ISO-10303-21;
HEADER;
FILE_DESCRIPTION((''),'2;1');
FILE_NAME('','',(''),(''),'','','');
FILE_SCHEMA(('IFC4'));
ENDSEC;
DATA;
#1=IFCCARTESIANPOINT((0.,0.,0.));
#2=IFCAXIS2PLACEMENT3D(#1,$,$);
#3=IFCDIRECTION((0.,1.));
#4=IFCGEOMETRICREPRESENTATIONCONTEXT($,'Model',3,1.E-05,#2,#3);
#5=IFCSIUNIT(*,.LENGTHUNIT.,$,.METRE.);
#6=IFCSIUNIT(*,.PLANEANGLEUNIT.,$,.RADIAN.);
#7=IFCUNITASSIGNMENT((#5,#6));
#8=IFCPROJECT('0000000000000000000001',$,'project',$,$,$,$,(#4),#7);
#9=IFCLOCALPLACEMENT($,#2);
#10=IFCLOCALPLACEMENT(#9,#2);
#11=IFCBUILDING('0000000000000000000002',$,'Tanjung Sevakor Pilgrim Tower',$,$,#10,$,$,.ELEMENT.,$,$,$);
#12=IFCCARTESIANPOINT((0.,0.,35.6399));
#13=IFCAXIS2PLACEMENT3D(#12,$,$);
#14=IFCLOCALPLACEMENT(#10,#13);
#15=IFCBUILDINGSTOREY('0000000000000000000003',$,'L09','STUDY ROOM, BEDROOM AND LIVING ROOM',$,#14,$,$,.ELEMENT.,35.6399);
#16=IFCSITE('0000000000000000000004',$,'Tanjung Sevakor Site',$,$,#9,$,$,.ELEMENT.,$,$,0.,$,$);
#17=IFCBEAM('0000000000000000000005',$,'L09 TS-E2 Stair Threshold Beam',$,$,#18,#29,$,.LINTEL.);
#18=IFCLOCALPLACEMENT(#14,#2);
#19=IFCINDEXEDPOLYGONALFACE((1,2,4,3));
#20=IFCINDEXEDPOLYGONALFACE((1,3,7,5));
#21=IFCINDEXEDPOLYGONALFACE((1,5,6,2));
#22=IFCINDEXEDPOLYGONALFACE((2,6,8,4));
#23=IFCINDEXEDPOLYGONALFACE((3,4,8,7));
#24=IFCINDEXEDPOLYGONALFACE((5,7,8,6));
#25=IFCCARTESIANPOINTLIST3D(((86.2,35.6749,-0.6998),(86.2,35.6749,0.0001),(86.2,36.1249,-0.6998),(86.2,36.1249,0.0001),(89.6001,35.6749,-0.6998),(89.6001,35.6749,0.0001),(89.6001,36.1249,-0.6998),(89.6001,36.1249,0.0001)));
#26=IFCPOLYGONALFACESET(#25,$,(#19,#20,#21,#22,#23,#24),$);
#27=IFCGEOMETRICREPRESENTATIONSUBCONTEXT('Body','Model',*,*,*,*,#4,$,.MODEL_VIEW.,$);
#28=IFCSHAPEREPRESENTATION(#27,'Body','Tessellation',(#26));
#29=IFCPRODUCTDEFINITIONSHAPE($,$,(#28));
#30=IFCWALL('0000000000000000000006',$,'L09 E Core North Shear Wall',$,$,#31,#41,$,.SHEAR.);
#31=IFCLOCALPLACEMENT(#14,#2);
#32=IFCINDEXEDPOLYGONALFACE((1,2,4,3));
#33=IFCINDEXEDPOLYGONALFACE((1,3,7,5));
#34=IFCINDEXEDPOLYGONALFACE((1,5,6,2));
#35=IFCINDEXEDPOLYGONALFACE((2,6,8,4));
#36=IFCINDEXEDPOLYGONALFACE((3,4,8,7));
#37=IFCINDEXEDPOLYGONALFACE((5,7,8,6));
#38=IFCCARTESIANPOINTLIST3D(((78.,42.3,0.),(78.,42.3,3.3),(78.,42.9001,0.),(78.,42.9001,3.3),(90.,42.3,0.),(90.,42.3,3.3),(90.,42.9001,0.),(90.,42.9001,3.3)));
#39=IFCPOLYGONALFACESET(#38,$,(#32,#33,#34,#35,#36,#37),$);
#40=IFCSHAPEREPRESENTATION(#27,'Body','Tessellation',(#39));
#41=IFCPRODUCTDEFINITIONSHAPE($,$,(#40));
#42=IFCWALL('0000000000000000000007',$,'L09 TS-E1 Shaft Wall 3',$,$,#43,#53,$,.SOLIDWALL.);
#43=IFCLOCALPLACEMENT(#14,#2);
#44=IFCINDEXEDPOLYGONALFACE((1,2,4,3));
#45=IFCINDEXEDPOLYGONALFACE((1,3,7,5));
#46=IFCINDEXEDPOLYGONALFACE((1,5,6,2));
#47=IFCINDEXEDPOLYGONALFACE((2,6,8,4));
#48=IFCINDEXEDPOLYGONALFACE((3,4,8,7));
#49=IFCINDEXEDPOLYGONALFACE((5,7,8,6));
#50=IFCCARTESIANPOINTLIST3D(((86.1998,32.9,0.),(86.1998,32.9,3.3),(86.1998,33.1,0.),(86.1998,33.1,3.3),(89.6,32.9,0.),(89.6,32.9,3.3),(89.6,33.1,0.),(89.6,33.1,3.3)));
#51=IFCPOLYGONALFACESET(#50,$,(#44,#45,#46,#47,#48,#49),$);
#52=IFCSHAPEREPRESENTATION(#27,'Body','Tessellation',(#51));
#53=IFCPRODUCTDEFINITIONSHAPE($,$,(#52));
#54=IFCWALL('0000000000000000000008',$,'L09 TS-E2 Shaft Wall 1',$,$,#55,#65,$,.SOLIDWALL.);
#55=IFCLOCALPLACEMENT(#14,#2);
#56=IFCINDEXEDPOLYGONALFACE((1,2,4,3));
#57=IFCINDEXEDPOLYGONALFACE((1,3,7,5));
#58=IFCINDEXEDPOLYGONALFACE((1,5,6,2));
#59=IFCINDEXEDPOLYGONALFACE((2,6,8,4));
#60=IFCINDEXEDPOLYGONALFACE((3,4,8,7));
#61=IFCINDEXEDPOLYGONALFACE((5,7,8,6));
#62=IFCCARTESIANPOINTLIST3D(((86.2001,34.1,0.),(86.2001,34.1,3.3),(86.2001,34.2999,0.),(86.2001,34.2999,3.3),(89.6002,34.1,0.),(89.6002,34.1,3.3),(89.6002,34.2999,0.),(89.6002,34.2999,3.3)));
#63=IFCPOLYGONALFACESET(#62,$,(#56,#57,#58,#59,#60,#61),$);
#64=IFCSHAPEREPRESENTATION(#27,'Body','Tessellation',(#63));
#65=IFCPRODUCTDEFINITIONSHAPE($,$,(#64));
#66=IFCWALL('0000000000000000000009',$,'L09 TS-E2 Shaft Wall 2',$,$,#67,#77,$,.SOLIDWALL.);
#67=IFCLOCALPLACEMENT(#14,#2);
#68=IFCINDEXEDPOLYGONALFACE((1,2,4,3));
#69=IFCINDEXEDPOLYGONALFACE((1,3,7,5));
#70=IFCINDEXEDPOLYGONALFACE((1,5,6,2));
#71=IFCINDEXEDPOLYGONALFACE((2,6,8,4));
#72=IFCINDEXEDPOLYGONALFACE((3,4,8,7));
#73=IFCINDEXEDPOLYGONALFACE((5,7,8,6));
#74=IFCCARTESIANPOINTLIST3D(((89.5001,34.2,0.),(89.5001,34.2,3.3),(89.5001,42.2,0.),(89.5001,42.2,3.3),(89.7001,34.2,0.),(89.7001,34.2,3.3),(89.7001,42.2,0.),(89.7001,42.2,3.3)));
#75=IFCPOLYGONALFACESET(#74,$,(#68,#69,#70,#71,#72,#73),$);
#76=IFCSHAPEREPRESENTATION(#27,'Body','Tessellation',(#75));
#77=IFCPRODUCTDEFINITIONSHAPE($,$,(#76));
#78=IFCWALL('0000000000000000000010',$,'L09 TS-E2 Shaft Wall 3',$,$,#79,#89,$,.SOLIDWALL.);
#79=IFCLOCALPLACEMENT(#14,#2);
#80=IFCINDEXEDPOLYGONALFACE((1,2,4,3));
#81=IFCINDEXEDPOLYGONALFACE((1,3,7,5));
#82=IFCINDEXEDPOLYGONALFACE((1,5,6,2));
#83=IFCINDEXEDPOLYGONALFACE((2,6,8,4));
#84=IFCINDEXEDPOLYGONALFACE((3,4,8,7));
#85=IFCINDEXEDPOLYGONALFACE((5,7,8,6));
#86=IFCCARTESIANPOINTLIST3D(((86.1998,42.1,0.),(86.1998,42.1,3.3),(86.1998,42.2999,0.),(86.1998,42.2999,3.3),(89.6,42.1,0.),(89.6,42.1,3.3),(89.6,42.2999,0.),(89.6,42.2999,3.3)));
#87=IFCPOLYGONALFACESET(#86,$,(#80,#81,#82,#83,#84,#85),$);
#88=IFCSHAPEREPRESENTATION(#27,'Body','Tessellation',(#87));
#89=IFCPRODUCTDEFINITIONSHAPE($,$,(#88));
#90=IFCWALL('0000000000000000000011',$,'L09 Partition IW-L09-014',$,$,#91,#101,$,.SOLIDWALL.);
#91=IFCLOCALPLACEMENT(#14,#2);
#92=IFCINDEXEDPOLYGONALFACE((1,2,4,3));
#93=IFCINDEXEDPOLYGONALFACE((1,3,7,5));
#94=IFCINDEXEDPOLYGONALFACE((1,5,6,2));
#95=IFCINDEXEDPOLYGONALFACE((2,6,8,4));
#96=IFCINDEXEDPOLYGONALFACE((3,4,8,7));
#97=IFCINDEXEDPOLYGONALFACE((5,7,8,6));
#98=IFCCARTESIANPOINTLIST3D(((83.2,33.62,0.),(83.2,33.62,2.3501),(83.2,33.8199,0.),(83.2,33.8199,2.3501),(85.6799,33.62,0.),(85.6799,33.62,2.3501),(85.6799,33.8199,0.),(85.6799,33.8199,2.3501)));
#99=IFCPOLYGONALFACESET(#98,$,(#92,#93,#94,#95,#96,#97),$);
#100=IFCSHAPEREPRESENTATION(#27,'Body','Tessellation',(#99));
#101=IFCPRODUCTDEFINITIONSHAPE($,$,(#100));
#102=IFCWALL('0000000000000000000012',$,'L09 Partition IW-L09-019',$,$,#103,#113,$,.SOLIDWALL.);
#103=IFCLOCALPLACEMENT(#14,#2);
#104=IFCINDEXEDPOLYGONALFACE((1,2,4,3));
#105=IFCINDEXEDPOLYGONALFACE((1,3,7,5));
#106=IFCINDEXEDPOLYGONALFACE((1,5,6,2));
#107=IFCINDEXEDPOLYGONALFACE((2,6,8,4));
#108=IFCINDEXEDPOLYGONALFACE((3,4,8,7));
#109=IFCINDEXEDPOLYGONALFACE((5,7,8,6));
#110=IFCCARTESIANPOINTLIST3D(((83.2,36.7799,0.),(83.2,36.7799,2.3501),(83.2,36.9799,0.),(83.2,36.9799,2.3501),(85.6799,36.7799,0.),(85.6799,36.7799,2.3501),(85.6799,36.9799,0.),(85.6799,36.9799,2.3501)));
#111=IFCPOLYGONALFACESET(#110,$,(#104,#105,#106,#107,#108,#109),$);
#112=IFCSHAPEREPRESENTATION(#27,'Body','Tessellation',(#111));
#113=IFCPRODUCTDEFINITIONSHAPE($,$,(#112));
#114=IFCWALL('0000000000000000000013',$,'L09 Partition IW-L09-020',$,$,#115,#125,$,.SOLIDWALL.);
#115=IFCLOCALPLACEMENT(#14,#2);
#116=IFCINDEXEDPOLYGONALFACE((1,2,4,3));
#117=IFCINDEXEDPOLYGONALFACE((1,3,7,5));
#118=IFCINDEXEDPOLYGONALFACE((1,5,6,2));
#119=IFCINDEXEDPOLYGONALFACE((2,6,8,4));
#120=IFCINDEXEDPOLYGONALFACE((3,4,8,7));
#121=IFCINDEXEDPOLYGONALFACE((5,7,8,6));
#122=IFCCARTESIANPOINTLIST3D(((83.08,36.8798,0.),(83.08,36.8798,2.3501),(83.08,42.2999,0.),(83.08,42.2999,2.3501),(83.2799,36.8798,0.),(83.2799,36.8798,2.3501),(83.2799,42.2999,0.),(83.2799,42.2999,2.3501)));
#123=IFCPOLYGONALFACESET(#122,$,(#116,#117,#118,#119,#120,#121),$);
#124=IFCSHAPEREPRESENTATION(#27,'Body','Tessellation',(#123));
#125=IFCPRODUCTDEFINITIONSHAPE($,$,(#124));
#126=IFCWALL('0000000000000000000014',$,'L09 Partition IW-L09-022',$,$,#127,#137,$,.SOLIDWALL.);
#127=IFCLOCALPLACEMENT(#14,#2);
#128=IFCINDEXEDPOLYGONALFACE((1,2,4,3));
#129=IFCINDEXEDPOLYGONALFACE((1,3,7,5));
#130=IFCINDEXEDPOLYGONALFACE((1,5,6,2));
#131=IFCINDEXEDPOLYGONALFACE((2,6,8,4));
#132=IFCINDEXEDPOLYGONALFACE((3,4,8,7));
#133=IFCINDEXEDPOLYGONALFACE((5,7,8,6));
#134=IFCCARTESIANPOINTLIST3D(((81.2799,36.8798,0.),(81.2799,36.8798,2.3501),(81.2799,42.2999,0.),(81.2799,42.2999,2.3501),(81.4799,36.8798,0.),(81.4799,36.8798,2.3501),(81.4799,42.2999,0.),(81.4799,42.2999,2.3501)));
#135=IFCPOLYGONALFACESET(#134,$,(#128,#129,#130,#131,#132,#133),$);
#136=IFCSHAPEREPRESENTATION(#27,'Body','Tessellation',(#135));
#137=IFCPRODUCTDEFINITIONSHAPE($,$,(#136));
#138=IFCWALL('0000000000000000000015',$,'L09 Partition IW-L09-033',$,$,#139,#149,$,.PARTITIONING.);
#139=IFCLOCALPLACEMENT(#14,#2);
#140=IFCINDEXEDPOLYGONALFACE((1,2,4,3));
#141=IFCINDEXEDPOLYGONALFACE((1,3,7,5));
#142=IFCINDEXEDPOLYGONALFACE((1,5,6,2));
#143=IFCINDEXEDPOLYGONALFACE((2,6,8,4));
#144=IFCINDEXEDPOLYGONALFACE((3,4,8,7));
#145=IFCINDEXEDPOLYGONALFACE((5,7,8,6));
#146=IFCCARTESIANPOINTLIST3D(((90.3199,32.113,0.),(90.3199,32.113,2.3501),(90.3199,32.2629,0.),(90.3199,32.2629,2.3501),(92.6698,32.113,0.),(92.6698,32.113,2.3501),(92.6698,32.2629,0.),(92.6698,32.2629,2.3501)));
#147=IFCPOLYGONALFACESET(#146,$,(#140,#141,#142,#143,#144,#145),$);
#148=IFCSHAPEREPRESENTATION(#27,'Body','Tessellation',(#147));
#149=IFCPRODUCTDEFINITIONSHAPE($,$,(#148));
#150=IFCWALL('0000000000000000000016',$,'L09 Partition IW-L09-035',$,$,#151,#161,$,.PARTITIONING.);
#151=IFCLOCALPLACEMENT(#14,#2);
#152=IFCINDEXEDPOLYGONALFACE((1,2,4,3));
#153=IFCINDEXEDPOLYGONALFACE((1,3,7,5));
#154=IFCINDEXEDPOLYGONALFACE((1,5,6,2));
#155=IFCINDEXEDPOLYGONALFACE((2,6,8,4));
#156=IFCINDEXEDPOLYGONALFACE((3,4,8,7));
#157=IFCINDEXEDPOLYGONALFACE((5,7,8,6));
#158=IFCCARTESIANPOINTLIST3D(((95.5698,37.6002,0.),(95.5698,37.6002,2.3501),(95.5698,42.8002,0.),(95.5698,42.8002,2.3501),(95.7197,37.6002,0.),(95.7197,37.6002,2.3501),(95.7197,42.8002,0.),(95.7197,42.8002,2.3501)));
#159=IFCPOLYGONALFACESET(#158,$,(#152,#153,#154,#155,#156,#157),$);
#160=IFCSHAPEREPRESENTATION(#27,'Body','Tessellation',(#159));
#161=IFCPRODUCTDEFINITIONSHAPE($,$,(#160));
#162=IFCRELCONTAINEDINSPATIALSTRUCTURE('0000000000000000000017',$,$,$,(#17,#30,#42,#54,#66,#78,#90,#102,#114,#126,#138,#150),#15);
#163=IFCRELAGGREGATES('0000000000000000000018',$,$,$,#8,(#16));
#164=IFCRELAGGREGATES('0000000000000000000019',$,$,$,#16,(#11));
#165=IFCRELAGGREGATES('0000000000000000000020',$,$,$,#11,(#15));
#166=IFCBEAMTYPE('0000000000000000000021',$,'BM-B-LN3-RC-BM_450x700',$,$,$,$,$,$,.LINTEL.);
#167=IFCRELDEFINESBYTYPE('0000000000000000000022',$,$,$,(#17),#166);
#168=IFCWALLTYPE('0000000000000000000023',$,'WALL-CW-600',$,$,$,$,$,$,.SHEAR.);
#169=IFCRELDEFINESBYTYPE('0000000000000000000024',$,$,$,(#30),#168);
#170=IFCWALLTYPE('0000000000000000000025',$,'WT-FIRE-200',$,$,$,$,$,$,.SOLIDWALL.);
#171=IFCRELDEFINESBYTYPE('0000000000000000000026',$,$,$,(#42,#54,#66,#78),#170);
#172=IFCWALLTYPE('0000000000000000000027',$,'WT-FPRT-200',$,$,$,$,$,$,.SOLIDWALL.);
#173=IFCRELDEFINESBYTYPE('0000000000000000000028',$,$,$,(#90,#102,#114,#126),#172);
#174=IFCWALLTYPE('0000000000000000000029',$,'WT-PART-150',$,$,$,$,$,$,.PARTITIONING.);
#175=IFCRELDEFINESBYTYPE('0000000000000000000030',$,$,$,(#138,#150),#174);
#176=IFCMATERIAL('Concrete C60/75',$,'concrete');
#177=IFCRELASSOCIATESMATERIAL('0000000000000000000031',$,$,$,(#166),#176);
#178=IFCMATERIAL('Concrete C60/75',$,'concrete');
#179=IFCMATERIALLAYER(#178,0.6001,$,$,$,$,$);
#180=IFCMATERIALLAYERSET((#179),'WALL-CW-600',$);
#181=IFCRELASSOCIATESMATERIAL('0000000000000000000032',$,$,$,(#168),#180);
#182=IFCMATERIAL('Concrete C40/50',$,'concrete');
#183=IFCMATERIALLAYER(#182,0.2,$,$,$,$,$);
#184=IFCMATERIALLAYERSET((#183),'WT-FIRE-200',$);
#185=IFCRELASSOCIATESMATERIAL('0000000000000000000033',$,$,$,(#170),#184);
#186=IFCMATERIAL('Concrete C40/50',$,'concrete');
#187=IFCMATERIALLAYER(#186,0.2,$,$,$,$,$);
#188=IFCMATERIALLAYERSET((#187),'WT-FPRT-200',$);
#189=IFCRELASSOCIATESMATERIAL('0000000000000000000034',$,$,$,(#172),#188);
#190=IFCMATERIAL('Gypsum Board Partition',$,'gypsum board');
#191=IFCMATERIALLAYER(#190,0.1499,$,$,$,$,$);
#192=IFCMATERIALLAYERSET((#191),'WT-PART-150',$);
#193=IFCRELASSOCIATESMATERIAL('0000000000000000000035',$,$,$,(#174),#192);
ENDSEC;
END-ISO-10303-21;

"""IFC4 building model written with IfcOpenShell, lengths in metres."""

from ifc_helpers import new_model, si_unit, direction, frame, frame_2d, origin, origin_2d, place, context, subcontext, project, spatial, rectangle, extrude, material, layer, layer_set, material_profile, profile_set, type_object, element, save


model = new_model("IFC4")

# Units and contexts
model_context = context("Model", 3, precision=1e-05, world=origin(), true_north=direction((0.0, 1.0)))
body_context = subcontext(model_context, "Body", "Model", "MODEL_VIEW")
ifc_project = project(units=[si_unit("LENGTHUNIT", "METRE"), si_unit("PLANEANGLEUNIT", "RADIAN")], contexts=[model_context])

# Site, building, storey
site_placement = place(None, origin())
site = spatial("IfcSite", under=ifc_project, at=site_placement, Name="Tanjung Sevakor Site", CompositionType="ELEMENT", RefElevation=0.0)
building_placement = place(site_placement, origin())
building = spatial("IfcBuilding", under=site, at=building_placement, Name="Tanjung Sevakor Pilgrim Tower", CompositionType="ELEMENT")
storey_placement = place(building_placement, frame((0.0, 0.0, 35.6399)))
storey = spatial("IfcBuildingStorey", under=building, at=storey_placement, Name="L09", Description="STUDY ROOM, BEDROOM AND LIVING ROOM", CompositionType="ELEMENT", Elevation=35.6399)

# Beam
ifc_material_1 = material(Name="Concrete C60/75", Category="concrete")
ifc_material_profile = material_profile(ifc_material_1, rectangle(XDim=0.45, YDim=0.7, at=origin_2d()))
ifc_profile_set = profile_set([ifc_material_profile], Name="Concrete C60/75")
beam_type = type_object("IfcBeamType", Name="BM-B-LN3-RC-BM_450x700", PredefinedType="LINTEL", material=ifc_profile_set)
beam_placement = place(storey_placement, frame((86.2, 35.8999, -0.3499), z_axis=(1.0, 0.0, 0.0), x_axis=(0.0, 1.0, 0.0)))
element("IfcBeam", 1, at=beam_placement, inside=storey, type_object=beam_type, Name="L09 TS-E2 Stair Threshold Beam", PredefinedType="LINTEL", context=body_context, shape_type="SweptSolid", body=[
    extrude(rectangle(XDim=0.45, YDim=0.7, at=origin_2d()), origin(), (0.0, 0.0, 1.0), 3.4001),
])

# Walls
ifc_material_2 = material(Name="Concrete C60/75", Category="concrete")
ifc_layer_1 = layer(ifc_material_2, 0.6001)
ifc_layer_set_1 = layer_set([ifc_layer_1], Name="WALL-CW-600")
wall_type_1 = type_object("IfcWallType", Name="WALL-CW-600", PredefinedType="SHEAR", material=ifc_layer_set_1)
wall_1_placement = place(storey_placement, frame((90.0, 42.6001, 0.0), z_axis=(0.0, 0.0, 1.0), x_axis=(-1.0, 0.0, 0.0)))
element("IfcWall", 2, at=wall_1_placement, inside=storey, type_object=wall_type_1, Name="L09 E Core North Shear Wall", PredefinedType="SHEAR", context=body_context, shape_type="SweptSolid", body=[
    extrude(rectangle(XDim=12.0, YDim=0.6001, at=frame_2d((6.0, 0.0))), origin(), (0.0, 0.0, 1.0), 3.3),
])
ifc_material_3 = material(Name="Concrete C40/50", Category="concrete")
ifc_layer_2 = layer(ifc_material_3, 0.2)
ifc_layer_set_2 = layer_set([ifc_layer_2], Name="WT-FIRE-200")
wall_type_2 = type_object("IfcWallType", Name="WT-FIRE-200", PredefinedType="SOLIDWALL", material=ifc_layer_set_2)
for number, where, z_axis, x_axis, name in (
    (3, (89.6001, 33.0, 0.0), (0.0, 0.0, 1.0), (-1.0, 0.0, 0.0), "L09 TS-E1 Shaft Wall 3"),
    (4, (86.2, 34.2, 0.0), (0.0, 0.0, 1.0), (1.0, 0.0, 0.0), "L09 TS-E2 Shaft Wall 1"),
):
    element("IfcWall", number, at=place(storey_placement, frame(where, z_axis=z_axis, x_axis=x_axis)), inside=storey, type_object=wall_type_2, Name=name, PredefinedType="SOLIDWALL", context=body_context, shape_type="SweptSolid", body=[
        extrude(rectangle(XDim=3.4001, YDim=0.2, at=frame_2d((1.7002, 0.0))), origin(), (0.0, 0.0, 1.0), 3.3),
    ])
wall_2_placement = place(storey_placement, frame((89.6001, 34.2, 0.0), z_axis=(0.0, 0.0, 1.0), x_axis=(0.0, 1.0, 0.0)))
element("IfcWall", 5, at=wall_2_placement, inside=storey, type_object=wall_type_2, Name="L09 TS-E2 Shaft Wall 2", PredefinedType="SOLIDWALL", context=body_context, shape_type="SweptSolid", body=[
    extrude(rectangle(XDim=8.0, YDim=0.2, at=frame_2d((4.0, 0.0))), origin(), (0.0, 0.0, 1.0), 3.3),
])
wall_3_placement = place(storey_placement, frame((89.6001, 42.2, 0.0), z_axis=(0.0, 0.0, 1.0), x_axis=(-1.0, 0.0, 0.0)))
element("IfcWall", 6, at=wall_3_placement, inside=storey, type_object=wall_type_2, Name="L09 TS-E2 Shaft Wall 3", PredefinedType="SOLIDWALL", context=body_context, shape_type="SweptSolid", body=[
    extrude(rectangle(XDim=3.4001, YDim=0.2, at=frame_2d((1.7002, 0.0))), origin(), (0.0, 0.0, 1.0), 3.3),
])
ifc_material_4 = material(Name="Concrete C40/50", Category="concrete")
ifc_layer_3 = layer(ifc_material_4, 0.2)
ifc_layer_set_3 = layer_set([ifc_layer_3], Name="WT-FPRT-200")
wall_type_3 = type_object("IfcWallType", Name="WT-FPRT-200", PredefinedType="SOLIDWALL", material=ifc_layer_set_3)
for number, where, z_axis, x_axis, name in (
    (7, (83.2, 33.72, 0.0), (0.0, 0.0, 1.0), (1.0, 0.0, 0.0), "L09 Partition IW-L09-014"),
    (8, (83.2, 36.8799, 0.0), (0.0, 0.0, 1.0), (1.0, 0.0, 0.0), "L09 Partition IW-L09-019"),
):
    element("IfcWall", number, at=place(storey_placement, frame(where, z_axis=z_axis, x_axis=x_axis)), inside=storey, type_object=wall_type_3, Name=name, PredefinedType="SOLIDWALL", context=body_context, shape_type="SweptSolid", body=[
        extrude(rectangle(XDim=2.48, YDim=0.2, at=frame_2d((1.24, 0.0))), origin(), (0.0, 0.0, 1.0), 2.3501),
    ])
for number, where, z_axis, x_axis, name in (
    (9, (83.1799, 36.8799, 0.0), (0.0, 0.0, 1.0), (0.0, 1.0, 0.0), "L09 Partition IW-L09-020"),
    (10, (81.3799, 36.8799, 0.0), (0.0, 0.0, 1.0), (0.0, 1.0, 0.0), "L09 Partition IW-L09-022"),
):
    element("IfcWall", number, at=place(storey_placement, frame(where, z_axis=z_axis, x_axis=x_axis)), inside=storey, type_object=wall_type_3, Name=name, PredefinedType="SOLIDWALL", context=body_context, shape_type="SweptSolid", body=[
        extrude(rectangle(XDim=5.4202, YDim=0.2, at=frame_2d((2.71, 0.0))), origin(), (0.0, 0.0, 1.0), 2.3501),
    ])
ifc_material_5 = material(Name="Gypsum Board Partition", Category="gypsum board")
ifc_layer_4 = layer(ifc_material_5, 0.1499)
ifc_layer_set_4 = layer_set([ifc_layer_4], Name="WT-PART-150")
wall_type_4 = type_object("IfcWallType", Name="WT-PART-150", PredefinedType="PARTITIONING", material=ifc_layer_set_4)
wall_4_placement = place(storey_placement, frame((90.3201, 32.188, 0.0), z_axis=(0.0, 0.0, 1.0), x_axis=(1.0, 0.0, 0.0)))
element("IfcWall", 11, at=wall_4_placement, inside=storey, type_object=wall_type_4, Name="L09 Partition IW-L09-033", PredefinedType="PARTITIONING", context=body_context, shape_type="SweptSolid", body=[
    extrude(rectangle(XDim=2.3499, YDim=0.1499, at=frame_2d((1.1748, 0.0))), origin(), (0.0, 0.0, 1.0), 2.3501),
])
wall_5_placement = place(storey_placement, frame((95.6448, 37.6001, 0.0), z_axis=(0.0, 0.0, 1.0), x_axis=(0.0, 1.0, 0.0)))
element("IfcWall", 12, at=wall_5_placement, inside=storey, type_object=wall_type_4, Name="L09 Partition IW-L09-035", PredefinedType="PARTITIONING", context=body_context, shape_type="SweptSolid", body=[
    extrude(rectangle(XDim=5.2, YDim=0.1499, at=frame_2d((2.6001, 0.0))), origin(), (0.0, 0.0, 1.0), 2.3501),
])

save(model, "model.ifc")
